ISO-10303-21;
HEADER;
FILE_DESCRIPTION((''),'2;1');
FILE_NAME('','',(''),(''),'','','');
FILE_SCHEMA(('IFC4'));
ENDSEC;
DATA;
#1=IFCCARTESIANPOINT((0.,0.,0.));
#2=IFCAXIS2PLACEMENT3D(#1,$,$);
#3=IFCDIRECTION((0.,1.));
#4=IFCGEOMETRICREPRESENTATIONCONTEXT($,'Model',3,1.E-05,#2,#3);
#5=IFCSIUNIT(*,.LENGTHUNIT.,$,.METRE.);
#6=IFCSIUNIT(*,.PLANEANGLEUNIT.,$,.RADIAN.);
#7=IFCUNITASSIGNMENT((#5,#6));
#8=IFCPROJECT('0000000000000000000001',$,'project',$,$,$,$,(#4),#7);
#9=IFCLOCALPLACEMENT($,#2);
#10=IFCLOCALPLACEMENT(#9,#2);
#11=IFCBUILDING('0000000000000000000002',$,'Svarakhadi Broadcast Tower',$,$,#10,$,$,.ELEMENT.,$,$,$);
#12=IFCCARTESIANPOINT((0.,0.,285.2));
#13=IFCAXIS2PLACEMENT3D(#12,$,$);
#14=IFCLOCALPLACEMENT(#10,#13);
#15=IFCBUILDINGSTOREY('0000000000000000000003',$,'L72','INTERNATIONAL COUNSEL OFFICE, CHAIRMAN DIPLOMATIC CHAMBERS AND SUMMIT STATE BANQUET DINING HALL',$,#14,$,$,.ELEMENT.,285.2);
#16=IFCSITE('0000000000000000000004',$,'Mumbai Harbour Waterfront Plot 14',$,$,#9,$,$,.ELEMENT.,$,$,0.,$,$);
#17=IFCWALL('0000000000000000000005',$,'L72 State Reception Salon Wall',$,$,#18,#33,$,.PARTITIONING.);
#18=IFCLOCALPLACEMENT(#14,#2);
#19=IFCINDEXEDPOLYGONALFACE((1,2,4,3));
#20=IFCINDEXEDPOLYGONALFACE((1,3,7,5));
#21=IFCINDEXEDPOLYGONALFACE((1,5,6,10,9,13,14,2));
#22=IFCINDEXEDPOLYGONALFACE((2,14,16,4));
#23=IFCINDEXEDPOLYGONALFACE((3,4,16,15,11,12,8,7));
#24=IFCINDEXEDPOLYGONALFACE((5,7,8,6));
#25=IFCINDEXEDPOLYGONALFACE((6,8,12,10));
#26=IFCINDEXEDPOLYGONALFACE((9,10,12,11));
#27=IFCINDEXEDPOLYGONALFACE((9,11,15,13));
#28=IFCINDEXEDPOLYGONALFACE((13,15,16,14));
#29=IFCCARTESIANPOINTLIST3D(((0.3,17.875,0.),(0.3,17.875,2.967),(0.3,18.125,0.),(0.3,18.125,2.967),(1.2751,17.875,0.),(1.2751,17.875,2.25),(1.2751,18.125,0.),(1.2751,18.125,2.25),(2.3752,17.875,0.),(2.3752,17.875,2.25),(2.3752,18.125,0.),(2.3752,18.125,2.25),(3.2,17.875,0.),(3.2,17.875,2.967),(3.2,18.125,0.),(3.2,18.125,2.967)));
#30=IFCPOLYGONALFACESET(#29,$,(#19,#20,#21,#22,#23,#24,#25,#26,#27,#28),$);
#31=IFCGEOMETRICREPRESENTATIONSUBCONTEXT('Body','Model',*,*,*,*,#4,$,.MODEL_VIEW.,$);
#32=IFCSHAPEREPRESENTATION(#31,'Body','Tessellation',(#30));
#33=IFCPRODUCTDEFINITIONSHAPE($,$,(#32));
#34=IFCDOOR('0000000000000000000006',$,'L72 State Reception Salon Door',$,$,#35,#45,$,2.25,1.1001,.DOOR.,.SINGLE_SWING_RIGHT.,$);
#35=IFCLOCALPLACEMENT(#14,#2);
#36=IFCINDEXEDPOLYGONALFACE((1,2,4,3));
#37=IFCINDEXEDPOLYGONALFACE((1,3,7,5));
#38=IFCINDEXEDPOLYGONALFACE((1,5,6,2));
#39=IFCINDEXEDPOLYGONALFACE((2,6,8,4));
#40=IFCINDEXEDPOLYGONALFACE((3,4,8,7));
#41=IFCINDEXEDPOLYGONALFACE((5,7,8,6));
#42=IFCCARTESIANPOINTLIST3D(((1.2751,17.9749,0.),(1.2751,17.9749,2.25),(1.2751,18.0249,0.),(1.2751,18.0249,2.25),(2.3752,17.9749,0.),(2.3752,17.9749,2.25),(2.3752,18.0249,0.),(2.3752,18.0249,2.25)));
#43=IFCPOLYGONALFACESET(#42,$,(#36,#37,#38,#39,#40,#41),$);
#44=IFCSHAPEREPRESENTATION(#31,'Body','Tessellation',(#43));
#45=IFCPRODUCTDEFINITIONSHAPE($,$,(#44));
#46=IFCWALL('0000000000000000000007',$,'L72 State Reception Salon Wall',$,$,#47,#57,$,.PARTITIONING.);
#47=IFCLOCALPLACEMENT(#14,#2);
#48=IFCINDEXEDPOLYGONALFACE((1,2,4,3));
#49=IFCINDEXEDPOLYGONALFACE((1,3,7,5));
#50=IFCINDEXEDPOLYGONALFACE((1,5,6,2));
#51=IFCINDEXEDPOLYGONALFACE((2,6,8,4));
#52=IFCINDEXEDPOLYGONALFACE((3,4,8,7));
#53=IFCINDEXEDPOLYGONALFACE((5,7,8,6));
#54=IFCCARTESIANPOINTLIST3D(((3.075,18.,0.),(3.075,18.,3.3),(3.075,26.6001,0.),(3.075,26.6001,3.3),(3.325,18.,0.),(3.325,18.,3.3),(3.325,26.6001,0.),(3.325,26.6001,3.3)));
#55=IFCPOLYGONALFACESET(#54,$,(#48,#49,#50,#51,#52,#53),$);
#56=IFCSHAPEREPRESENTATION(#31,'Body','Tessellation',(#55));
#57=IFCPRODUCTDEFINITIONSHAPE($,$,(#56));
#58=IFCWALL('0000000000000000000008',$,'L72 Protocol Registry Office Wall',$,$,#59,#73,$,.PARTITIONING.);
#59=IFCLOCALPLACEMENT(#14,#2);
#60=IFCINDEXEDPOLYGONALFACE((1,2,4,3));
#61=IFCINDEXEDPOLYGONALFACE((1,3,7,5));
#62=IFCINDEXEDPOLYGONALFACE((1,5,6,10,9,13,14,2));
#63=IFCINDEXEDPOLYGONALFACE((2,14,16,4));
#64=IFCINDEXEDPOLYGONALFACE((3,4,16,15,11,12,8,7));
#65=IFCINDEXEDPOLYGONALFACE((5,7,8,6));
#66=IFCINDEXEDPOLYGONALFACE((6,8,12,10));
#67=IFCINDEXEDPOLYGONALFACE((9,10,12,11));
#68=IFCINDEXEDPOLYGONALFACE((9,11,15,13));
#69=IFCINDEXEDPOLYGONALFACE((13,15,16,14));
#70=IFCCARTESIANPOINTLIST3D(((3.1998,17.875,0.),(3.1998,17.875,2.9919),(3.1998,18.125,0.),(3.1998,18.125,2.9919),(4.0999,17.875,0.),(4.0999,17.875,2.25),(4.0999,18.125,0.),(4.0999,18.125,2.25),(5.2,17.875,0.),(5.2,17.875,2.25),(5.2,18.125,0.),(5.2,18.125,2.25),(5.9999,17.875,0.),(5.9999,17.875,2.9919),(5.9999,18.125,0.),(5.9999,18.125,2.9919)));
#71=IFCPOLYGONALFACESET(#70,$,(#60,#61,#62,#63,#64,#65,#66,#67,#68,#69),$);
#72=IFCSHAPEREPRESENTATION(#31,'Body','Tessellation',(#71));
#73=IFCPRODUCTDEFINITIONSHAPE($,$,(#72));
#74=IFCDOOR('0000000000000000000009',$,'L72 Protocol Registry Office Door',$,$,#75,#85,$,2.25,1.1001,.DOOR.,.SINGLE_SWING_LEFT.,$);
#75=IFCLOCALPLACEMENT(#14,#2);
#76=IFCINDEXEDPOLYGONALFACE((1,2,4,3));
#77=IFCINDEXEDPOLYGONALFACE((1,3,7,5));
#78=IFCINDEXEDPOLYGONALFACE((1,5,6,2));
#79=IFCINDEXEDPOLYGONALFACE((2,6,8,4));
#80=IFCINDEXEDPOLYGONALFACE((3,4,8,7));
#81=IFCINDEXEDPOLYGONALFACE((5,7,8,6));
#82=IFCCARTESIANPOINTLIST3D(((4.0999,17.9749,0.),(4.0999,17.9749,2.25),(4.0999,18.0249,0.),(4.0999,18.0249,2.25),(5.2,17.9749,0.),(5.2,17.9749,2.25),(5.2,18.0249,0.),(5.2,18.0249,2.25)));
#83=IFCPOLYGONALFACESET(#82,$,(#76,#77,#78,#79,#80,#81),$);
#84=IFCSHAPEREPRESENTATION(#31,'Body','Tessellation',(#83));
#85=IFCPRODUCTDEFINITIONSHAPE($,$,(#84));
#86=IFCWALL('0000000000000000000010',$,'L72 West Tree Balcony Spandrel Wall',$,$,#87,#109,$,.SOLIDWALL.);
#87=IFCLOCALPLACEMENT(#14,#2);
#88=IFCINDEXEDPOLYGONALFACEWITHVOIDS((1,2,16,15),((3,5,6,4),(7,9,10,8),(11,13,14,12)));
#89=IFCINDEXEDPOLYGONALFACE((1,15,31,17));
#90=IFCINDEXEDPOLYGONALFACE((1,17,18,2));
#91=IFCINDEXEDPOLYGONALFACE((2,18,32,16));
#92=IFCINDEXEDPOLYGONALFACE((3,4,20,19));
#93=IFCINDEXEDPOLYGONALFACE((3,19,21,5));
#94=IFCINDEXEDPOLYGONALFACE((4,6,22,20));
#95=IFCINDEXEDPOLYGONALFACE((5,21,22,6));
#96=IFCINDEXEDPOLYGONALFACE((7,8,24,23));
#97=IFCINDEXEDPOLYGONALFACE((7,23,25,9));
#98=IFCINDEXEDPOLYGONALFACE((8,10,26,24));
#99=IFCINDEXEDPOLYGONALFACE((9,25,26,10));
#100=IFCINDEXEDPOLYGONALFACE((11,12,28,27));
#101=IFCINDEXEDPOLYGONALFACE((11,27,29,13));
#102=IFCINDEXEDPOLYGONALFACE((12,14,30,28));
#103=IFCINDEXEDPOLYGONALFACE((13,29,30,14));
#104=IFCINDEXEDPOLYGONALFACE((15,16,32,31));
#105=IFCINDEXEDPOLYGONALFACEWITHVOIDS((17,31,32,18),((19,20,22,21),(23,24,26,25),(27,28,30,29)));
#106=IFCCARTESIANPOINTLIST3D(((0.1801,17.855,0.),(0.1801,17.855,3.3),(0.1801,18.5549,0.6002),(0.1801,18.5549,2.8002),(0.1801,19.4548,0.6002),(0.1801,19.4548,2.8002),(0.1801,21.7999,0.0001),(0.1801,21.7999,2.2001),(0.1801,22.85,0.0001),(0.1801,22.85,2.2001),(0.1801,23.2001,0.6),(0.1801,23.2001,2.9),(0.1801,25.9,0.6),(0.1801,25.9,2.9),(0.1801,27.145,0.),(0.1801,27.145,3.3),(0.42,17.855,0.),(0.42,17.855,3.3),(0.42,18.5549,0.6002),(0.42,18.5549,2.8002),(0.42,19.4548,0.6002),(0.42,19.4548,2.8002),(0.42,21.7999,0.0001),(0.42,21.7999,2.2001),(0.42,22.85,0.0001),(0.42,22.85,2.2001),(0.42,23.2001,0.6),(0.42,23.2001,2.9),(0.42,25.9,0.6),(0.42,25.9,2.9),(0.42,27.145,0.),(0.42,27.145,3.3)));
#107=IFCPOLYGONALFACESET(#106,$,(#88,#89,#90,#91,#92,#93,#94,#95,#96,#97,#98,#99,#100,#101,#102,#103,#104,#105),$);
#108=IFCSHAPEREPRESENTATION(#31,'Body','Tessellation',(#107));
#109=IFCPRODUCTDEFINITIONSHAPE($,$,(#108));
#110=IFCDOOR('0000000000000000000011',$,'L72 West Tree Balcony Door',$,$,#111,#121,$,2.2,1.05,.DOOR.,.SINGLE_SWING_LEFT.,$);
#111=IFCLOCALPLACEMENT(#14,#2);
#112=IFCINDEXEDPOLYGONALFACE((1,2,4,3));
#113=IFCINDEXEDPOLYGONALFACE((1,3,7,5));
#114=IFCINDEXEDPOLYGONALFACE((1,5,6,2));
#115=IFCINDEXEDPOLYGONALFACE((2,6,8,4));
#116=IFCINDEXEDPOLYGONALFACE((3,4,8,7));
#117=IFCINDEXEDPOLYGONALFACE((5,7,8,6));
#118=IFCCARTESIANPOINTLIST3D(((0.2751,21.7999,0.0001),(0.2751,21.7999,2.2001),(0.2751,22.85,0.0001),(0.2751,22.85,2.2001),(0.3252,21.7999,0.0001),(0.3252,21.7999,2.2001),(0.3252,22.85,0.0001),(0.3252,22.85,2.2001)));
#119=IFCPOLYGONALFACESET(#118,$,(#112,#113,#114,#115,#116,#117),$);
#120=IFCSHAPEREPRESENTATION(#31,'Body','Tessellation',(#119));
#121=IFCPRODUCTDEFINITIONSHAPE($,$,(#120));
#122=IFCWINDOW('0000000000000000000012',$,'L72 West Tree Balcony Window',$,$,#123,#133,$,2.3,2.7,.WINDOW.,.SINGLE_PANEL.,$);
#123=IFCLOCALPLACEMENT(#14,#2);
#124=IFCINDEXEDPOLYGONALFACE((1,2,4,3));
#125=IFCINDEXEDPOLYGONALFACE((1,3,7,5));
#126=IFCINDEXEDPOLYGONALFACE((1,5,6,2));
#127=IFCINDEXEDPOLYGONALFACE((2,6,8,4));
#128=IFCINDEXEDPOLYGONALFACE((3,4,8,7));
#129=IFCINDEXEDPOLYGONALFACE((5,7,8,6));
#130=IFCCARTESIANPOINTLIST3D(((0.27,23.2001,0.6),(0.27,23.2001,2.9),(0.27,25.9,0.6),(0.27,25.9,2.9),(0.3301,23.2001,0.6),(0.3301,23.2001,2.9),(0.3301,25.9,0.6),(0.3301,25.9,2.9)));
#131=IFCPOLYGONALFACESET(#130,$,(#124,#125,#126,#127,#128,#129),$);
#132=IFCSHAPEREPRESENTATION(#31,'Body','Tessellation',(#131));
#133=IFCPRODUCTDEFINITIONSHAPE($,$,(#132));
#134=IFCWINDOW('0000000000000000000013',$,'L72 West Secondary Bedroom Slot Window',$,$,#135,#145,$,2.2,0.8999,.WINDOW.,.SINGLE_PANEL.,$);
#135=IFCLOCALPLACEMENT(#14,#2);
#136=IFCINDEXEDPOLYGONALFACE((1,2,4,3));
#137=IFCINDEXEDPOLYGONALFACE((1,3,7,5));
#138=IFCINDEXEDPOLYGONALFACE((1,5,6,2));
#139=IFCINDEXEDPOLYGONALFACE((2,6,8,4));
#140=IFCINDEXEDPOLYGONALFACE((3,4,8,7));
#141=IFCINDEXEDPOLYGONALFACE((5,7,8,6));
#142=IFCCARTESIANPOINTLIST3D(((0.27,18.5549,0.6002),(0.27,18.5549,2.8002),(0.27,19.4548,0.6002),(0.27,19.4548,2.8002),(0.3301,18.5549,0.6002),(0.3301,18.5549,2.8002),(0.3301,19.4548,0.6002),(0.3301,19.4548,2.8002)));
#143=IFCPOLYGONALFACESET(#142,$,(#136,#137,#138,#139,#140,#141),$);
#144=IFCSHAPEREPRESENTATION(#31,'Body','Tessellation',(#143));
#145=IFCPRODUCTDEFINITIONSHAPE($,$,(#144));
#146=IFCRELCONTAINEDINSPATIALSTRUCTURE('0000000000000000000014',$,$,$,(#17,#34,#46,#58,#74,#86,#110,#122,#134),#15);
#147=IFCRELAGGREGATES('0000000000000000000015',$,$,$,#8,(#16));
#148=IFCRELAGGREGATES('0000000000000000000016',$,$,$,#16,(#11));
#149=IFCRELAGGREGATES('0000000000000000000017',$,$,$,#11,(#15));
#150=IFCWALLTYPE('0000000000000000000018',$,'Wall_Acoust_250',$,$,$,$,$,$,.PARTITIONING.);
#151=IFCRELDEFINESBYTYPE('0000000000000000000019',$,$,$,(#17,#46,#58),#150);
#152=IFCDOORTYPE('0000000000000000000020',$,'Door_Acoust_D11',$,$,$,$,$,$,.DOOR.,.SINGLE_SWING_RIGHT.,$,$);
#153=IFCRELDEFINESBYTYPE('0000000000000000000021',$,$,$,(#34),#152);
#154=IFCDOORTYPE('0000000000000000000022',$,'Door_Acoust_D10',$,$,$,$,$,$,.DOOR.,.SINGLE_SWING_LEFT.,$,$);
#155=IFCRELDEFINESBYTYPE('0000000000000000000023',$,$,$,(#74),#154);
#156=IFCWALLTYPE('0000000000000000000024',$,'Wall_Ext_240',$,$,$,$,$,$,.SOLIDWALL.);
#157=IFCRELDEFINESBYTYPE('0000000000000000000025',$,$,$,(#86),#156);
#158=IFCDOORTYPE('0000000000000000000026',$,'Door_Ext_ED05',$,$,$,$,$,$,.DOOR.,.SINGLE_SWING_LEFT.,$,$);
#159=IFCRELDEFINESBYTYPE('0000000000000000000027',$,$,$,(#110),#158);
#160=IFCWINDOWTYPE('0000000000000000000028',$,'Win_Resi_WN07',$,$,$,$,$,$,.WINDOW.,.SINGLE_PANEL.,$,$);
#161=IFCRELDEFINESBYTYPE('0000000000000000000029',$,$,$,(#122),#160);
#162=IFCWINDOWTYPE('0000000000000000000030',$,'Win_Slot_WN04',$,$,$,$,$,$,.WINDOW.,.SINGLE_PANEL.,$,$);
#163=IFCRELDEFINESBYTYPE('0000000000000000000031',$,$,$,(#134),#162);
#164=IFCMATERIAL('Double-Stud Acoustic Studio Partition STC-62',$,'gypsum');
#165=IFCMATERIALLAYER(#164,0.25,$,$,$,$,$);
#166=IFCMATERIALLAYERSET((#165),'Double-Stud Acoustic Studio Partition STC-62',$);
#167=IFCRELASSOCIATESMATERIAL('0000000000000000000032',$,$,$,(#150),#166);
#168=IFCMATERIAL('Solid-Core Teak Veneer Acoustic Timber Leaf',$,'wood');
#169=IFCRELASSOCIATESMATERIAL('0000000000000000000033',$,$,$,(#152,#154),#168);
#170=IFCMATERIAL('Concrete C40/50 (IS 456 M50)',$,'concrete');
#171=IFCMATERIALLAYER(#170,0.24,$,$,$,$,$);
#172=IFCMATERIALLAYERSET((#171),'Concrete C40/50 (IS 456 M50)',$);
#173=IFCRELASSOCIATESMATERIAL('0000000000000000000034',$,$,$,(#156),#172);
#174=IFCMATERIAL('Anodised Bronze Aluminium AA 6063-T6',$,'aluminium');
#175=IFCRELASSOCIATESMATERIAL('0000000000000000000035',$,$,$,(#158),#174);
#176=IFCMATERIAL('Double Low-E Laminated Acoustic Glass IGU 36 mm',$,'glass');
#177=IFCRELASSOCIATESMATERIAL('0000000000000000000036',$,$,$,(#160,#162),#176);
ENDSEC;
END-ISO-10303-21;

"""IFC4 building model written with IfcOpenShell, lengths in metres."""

from ifc_helpers import new_model, si_unit, direction, frame, frame_2d, origin, place, context, subcontext, project, spatial, rectangle, extrude, material, layer, layer_set, type_object, element, fill, save


model = new_model("IFC4")

# Units and contexts
model_context = context("Model", 3, precision=1e-05, world=origin(), true_north=direction((0.0, 1.0)))
body_context = subcontext(model_context, "Body", "Model", "MODEL_VIEW")
ifc_project = project(units=[si_unit("LENGTHUNIT", "METRE"), si_unit("PLANEANGLEUNIT", "RADIAN")], contexts=[model_context])

# Site, building, storey
site_placement = place(None, origin())
site = spatial("IfcSite", under=ifc_project, at=site_placement, Name="Mumbai Harbour Waterfront Plot 14", CompositionType="ELEMENT", RefElevation=0.0)
building_placement = place(site_placement, origin())
building = spatial("IfcBuilding", under=site, at=building_placement, Name="Svarakhadi Broadcast Tower", CompositionType="ELEMENT")
storey_placement = place(building_placement, frame((0.0, 0.0, 285.2)))
storey = spatial("IfcBuildingStorey", under=building, at=storey_placement, Name="L72", Description="INTERNATIONAL COUNSEL OFFICE, CHAIRMAN DIPLOMATIC CHAMBERS AND SUMMIT STATE BANQUET DINING HALL", CompositionType="ELEMENT", Elevation=285.2)

# Shared definitions
ifc_material_1 = material(Name="Anodised Bronze Aluminium AA 6063-T6", Category="aluminium")

# Shared definitions
ifc_material_2 = material(Name="Double Low-E Laminated Acoustic Glass IGU 36 mm", Category="glass")

# Wall, opening, door
ifc_material_3 = material(Name="Double-Stud Acoustic Studio Partition STC-62", Category="gypsum")
ifc_layer_1 = layer(ifc_material_3, 0.25)
ifc_layer_set_1 = layer_set([ifc_layer_1], Name="Double-Stud Acoustic Studio Partition STC-62")
wall_type_1 = type_object("IfcWallType", Name="Wall_Acoust_250", PredefinedType="PARTITIONING", material=ifc_layer_set_1)
wall_1_placement = place(storey_placement, frame((0.3, 18.0, 0.0), z_axis=(0.0, 0.0, 1.0), x_axis=(1.0, 0.0, 0.0)))
wall_1 = element("IfcWall", 1, at=wall_1_placement, inside=storey, type_object=wall_type_1, Name="L72 State Reception Salon Wall", PredefinedType="PARTITIONING", context=body_context, shape_type="SweptSolid", body=[
    extrude(rectangle(XDim=2.8999, YDim=0.25, at=frame_2d((1.45, 0.0))), origin(), (0.0, 0.0, 1.0), 2.967),
])
opening_1_placement = place(wall_1_placement, frame((0.9751, 0.0, 0.0)))
opening_1 = element("IfcOpeningElement", 2, at=opening_1_placement, cuts=wall_1, PredefinedType="OPENING", context=body_context, shape_type="SweptSolid", body=[
    extrude(rectangle(XDim=1.1001, YDim=2.25, at=frame_2d((0.55, 1.125))), frame((0.0, 0.135, 0.0), z_axis=(0.0, -1.0, 0.0), x_axis=(1.0, 0.0, 0.0)), (0.0, 0.0, 1.0), 0.27),
])
ifc_material_4 = material(Name="Solid-Core Teak Veneer Acoustic Timber Leaf", Category="wood")
door_type_1 = type_object("IfcDoorType", Name="Door_Acoust_D11", OperationType="SINGLE_SWING_RIGHT", PredefinedType="DOOR", material=ifc_material_4)
door_1_placement = place(opening_1_placement, origin())
door_1 = element("IfcDoor", 3, at=door_1_placement, inside=storey, type_object=door_type_1, Name="L72 State Reception Salon Door", OperationType="SINGLE_SWING_RIGHT", OverallHeight=2.25, OverallWidth=1.1001, PredefinedType="DOOR", context=body_context, shape_type="SweptSolid", body=[
    extrude(rectangle(XDim=1.1001, YDim=2.25, at=frame_2d((0.55, 1.125))), frame((0.0, 0.0249, 0.0), z_axis=(0.0, -1.0, 0.0), x_axis=(1.0, 0.0, 0.0)), (0.0, 0.0, 1.0), 0.05),
])
fill(opening_1, door_1)

# Wall
wall_2_placement = place(storey_placement, frame((3.2, 18.0, 0.0), z_axis=(0.0, 0.0, 1.0), x_axis=(0.0, 1.0, 0.0)))
element("IfcWall", 4, at=wall_2_placement, inside=storey, type_object=wall_type_1, Name="L72 State Reception Salon Wall", PredefinedType="PARTITIONING", context=body_context, shape_type="SweptSolid", body=[
    extrude(rectangle(XDim=8.6001, YDim=0.25, at=frame_2d((4.3, 0.0))), origin(), (0.0, 0.0, 1.0), 3.3),
])

# Wall, opening, door
wall_3_placement = place(storey_placement, frame((3.2, 18.0, 0.0), z_axis=(0.0, 0.0, 1.0), x_axis=(1.0, 0.0, 0.0)))
wall_3 = element("IfcWall", 5, at=wall_3_placement, inside=storey, type_object=wall_type_1, Name="L72 Protocol Registry Office Wall", PredefinedType="PARTITIONING", context=body_context, shape_type="SweptSolid", body=[
    extrude(rectangle(XDim=2.8, YDim=0.25, at=frame_2d((1.3999, 0.0))), origin(), (0.0, 0.0, 1.0), 2.9919),
])
opening_2_placement = place(wall_3_placement, frame((0.8999, 0.0, 0.0)))
opening_2 = element("IfcOpeningElement", 6, at=opening_2_placement, cuts=wall_3, PredefinedType="OPENING", context=body_context, shape_type="SweptSolid", body=[
    extrude(rectangle(XDim=1.1001, YDim=2.25, at=frame_2d((0.55, 1.125))), frame((0.0, 0.135, 0.0), z_axis=(0.0, -1.0, 0.0), x_axis=(1.0, 0.0, 0.0)), (0.0, 0.0, 1.0), 0.27),
])
door_type_2 = type_object("IfcDoorType", Name="Door_Acoust_D10", OperationType="SINGLE_SWING_LEFT", PredefinedType="DOOR", material=ifc_material_4)
door_2_placement = place(opening_2_placement, origin())
door_2 = element("IfcDoor", 7, at=door_2_placement, inside=storey, type_object=door_type_2, Name="L72 Protocol Registry Office Door", OperationType="SINGLE_SWING_LEFT", OverallHeight=2.25, OverallWidth=1.1001, PredefinedType="DOOR", context=body_context, shape_type="SweptSolid", body=[
    extrude(rectangle(XDim=1.1001, YDim=2.25, at=frame_2d((0.55, 1.125))), frame((0.0, 0.0249, 0.0), z_axis=(0.0, -1.0, 0.0), x_axis=(1.0, 0.0, 0.0)), (0.0, 0.0, 1.0), 0.05),
])
fill(opening_2, door_2)

# Wall, openings, door, windows
ifc_material_5 = material(Name="Concrete C40/50 (IS 456 M50)", Category="concrete")
ifc_layer_2 = layer(ifc_material_5, 0.24)
ifc_layer_set_2 = layer_set([ifc_layer_2], Name="Concrete C40/50 (IS 456 M50)")
wall_type_2 = type_object("IfcWallType", Name="Wall_Ext_240", PredefinedType="SOLIDWALL", material=ifc_layer_set_2)
wall_4_placement = place(storey_placement, frame((0.3, 17.855, 0.0), z_axis=(0.0, 0.0, 1.0), x_axis=(0.0, 1.0, 0.0)))
wall_4 = element("IfcWall", 8, at=wall_4_placement, inside=storey, type_object=wall_type_2, Name="L72 West Tree Balcony Spandrel Wall", PredefinedType="SOLIDWALL", context=body_context, shape_type="SweptSolid", body=[
    extrude(rectangle(XDim=9.29, YDim=0.24, at=frame_2d((4.645, 0.0))), origin(), (0.0, 0.0, 1.0), 3.3),
])
opening_3_placement = place(wall_4_placement, frame((3.9451, 0.0, 0.0)))
opening_3 = element("IfcOpeningElement", 9, at=opening_3_placement, cuts=wall_4, PredefinedType="OPENING", context=body_context, shape_type="SweptSolid", body=[
    extrude(rectangle(XDim=1.05, YDim=2.2, at=frame_2d((0.5249, 1.1001))), frame((0.0, 0.1299, 0.0), z_axis=(0.0, -1.0, 0.0), x_axis=(1.0, 0.0, 0.0)), (0.0, 0.0, 1.0), 0.26),
])
opening_4_placement = place(wall_4_placement, frame((5.345, 0.0, 0.6001)))
opening_4 = element("IfcOpeningElement", 10, at=opening_4_placement, cuts=wall_4, PredefinedType="OPENING", context=body_context, shape_type="SweptSolid", body=[
    extrude(rectangle(XDim=2.7, YDim=2.3, at=frame_2d((1.3501, 1.1499))), frame((0.0, 0.1299, 0.0), z_axis=(0.0, -1.0, 0.0), x_axis=(1.0, 0.0, 0.0)), (0.0, 0.0, 1.0), 0.26),
])
opening_5_placement = place(wall_4_placement, frame((0.7, 0.0, 0.6001)))
opening_5 = element("IfcOpeningElement", 11, at=opening_5_placement, cuts=wall_4, PredefinedType="OPENING", context=body_context, shape_type="SweptSolid", body=[
    extrude(rectangle(XDim=0.8999, YDim=2.2, at=frame_2d((0.45, 1.1001))), frame((0.0, 0.1299, 0.0), z_axis=(0.0, -1.0, 0.0), x_axis=(1.0, 0.0, 0.0)), (0.0, 0.0, 1.0), 0.26),
])
door_type_3 = type_object("IfcDoorType", Name="Door_Ext_ED05", OperationType="SINGLE_SWING_LEFT", PredefinedType="DOOR", material=ifc_material_1)
door_3_placement = place(opening_3_placement, origin())
door_3 = element("IfcDoor", 12, at=door_3_placement, inside=storey, type_object=door_type_3, Name="L72 West Tree Balcony Door", OperationType="SINGLE_SWING_LEFT", OverallHeight=2.2, OverallWidth=1.05, PredefinedType="DOOR", context=body_context, shape_type="SweptSolid", body=[
    extrude(rectangle(XDim=1.05, YDim=2.2, at=frame_2d((0.5249, 1.1001))), frame((0.0, 0.0249, 0.0), z_axis=(0.0, -1.0, 0.0), x_axis=(1.0, 0.0, 0.0)), (0.0, 0.0, 1.0), 0.05),
])
fill(opening_3, door_3)
window_type_1 = type_object("IfcWindowType", Name="Win_Resi_WN07", PartitioningType="SINGLE_PANEL", PredefinedType="WINDOW", material=ifc_material_2)
window_1_placement = place(opening_4_placement, origin())
window_1 = element("IfcWindow", 13, at=window_1_placement, inside=storey, type_object=window_type_1, Name="L72 West Tree Balcony Window", OverallHeight=2.3, OverallWidth=2.7, PartitioningType="SINGLE_PANEL", PredefinedType="WINDOW", context=body_context, shape_type="SweptSolid", body=[
    extrude(rectangle(XDim=2.7, YDim=2.3, at=frame_2d((1.3501, 1.1499))), frame((0.0, 0.03, 0.0), z_axis=(0.0, -1.0, 0.0), x_axis=(1.0, 0.0, 0.0)), (0.0, 0.0, 1.0), 0.0601),
])
fill(opening_4, window_1)
window_type_2 = type_object("IfcWindowType", Name="Win_Slot_WN04", PartitioningType="SINGLE_PANEL", PredefinedType="WINDOW", material=ifc_material_2)
window_2_placement = place(opening_5_placement, origin())
window_2 = element("IfcWindow", 14, at=window_2_placement, inside=storey, type_object=window_type_2, Name="L72 West Secondary Bedroom Slot Window", OverallHeight=2.2, OverallWidth=0.8999, PartitioningType="SINGLE_PANEL", PredefinedType="WINDOW", context=body_context, shape_type="SweptSolid", body=[
    extrude(rectangle(XDim=0.8999, YDim=2.2, at=frame_2d((0.45, 1.1001))), frame((0.0, 0.03, 0.0), z_axis=(0.0, -1.0, 0.0), x_axis=(1.0, 0.0, 0.0)), (0.0, 0.0, 1.0), 0.0601),
])
fill(opening_5, window_2)

save(model, "model.ifc")
